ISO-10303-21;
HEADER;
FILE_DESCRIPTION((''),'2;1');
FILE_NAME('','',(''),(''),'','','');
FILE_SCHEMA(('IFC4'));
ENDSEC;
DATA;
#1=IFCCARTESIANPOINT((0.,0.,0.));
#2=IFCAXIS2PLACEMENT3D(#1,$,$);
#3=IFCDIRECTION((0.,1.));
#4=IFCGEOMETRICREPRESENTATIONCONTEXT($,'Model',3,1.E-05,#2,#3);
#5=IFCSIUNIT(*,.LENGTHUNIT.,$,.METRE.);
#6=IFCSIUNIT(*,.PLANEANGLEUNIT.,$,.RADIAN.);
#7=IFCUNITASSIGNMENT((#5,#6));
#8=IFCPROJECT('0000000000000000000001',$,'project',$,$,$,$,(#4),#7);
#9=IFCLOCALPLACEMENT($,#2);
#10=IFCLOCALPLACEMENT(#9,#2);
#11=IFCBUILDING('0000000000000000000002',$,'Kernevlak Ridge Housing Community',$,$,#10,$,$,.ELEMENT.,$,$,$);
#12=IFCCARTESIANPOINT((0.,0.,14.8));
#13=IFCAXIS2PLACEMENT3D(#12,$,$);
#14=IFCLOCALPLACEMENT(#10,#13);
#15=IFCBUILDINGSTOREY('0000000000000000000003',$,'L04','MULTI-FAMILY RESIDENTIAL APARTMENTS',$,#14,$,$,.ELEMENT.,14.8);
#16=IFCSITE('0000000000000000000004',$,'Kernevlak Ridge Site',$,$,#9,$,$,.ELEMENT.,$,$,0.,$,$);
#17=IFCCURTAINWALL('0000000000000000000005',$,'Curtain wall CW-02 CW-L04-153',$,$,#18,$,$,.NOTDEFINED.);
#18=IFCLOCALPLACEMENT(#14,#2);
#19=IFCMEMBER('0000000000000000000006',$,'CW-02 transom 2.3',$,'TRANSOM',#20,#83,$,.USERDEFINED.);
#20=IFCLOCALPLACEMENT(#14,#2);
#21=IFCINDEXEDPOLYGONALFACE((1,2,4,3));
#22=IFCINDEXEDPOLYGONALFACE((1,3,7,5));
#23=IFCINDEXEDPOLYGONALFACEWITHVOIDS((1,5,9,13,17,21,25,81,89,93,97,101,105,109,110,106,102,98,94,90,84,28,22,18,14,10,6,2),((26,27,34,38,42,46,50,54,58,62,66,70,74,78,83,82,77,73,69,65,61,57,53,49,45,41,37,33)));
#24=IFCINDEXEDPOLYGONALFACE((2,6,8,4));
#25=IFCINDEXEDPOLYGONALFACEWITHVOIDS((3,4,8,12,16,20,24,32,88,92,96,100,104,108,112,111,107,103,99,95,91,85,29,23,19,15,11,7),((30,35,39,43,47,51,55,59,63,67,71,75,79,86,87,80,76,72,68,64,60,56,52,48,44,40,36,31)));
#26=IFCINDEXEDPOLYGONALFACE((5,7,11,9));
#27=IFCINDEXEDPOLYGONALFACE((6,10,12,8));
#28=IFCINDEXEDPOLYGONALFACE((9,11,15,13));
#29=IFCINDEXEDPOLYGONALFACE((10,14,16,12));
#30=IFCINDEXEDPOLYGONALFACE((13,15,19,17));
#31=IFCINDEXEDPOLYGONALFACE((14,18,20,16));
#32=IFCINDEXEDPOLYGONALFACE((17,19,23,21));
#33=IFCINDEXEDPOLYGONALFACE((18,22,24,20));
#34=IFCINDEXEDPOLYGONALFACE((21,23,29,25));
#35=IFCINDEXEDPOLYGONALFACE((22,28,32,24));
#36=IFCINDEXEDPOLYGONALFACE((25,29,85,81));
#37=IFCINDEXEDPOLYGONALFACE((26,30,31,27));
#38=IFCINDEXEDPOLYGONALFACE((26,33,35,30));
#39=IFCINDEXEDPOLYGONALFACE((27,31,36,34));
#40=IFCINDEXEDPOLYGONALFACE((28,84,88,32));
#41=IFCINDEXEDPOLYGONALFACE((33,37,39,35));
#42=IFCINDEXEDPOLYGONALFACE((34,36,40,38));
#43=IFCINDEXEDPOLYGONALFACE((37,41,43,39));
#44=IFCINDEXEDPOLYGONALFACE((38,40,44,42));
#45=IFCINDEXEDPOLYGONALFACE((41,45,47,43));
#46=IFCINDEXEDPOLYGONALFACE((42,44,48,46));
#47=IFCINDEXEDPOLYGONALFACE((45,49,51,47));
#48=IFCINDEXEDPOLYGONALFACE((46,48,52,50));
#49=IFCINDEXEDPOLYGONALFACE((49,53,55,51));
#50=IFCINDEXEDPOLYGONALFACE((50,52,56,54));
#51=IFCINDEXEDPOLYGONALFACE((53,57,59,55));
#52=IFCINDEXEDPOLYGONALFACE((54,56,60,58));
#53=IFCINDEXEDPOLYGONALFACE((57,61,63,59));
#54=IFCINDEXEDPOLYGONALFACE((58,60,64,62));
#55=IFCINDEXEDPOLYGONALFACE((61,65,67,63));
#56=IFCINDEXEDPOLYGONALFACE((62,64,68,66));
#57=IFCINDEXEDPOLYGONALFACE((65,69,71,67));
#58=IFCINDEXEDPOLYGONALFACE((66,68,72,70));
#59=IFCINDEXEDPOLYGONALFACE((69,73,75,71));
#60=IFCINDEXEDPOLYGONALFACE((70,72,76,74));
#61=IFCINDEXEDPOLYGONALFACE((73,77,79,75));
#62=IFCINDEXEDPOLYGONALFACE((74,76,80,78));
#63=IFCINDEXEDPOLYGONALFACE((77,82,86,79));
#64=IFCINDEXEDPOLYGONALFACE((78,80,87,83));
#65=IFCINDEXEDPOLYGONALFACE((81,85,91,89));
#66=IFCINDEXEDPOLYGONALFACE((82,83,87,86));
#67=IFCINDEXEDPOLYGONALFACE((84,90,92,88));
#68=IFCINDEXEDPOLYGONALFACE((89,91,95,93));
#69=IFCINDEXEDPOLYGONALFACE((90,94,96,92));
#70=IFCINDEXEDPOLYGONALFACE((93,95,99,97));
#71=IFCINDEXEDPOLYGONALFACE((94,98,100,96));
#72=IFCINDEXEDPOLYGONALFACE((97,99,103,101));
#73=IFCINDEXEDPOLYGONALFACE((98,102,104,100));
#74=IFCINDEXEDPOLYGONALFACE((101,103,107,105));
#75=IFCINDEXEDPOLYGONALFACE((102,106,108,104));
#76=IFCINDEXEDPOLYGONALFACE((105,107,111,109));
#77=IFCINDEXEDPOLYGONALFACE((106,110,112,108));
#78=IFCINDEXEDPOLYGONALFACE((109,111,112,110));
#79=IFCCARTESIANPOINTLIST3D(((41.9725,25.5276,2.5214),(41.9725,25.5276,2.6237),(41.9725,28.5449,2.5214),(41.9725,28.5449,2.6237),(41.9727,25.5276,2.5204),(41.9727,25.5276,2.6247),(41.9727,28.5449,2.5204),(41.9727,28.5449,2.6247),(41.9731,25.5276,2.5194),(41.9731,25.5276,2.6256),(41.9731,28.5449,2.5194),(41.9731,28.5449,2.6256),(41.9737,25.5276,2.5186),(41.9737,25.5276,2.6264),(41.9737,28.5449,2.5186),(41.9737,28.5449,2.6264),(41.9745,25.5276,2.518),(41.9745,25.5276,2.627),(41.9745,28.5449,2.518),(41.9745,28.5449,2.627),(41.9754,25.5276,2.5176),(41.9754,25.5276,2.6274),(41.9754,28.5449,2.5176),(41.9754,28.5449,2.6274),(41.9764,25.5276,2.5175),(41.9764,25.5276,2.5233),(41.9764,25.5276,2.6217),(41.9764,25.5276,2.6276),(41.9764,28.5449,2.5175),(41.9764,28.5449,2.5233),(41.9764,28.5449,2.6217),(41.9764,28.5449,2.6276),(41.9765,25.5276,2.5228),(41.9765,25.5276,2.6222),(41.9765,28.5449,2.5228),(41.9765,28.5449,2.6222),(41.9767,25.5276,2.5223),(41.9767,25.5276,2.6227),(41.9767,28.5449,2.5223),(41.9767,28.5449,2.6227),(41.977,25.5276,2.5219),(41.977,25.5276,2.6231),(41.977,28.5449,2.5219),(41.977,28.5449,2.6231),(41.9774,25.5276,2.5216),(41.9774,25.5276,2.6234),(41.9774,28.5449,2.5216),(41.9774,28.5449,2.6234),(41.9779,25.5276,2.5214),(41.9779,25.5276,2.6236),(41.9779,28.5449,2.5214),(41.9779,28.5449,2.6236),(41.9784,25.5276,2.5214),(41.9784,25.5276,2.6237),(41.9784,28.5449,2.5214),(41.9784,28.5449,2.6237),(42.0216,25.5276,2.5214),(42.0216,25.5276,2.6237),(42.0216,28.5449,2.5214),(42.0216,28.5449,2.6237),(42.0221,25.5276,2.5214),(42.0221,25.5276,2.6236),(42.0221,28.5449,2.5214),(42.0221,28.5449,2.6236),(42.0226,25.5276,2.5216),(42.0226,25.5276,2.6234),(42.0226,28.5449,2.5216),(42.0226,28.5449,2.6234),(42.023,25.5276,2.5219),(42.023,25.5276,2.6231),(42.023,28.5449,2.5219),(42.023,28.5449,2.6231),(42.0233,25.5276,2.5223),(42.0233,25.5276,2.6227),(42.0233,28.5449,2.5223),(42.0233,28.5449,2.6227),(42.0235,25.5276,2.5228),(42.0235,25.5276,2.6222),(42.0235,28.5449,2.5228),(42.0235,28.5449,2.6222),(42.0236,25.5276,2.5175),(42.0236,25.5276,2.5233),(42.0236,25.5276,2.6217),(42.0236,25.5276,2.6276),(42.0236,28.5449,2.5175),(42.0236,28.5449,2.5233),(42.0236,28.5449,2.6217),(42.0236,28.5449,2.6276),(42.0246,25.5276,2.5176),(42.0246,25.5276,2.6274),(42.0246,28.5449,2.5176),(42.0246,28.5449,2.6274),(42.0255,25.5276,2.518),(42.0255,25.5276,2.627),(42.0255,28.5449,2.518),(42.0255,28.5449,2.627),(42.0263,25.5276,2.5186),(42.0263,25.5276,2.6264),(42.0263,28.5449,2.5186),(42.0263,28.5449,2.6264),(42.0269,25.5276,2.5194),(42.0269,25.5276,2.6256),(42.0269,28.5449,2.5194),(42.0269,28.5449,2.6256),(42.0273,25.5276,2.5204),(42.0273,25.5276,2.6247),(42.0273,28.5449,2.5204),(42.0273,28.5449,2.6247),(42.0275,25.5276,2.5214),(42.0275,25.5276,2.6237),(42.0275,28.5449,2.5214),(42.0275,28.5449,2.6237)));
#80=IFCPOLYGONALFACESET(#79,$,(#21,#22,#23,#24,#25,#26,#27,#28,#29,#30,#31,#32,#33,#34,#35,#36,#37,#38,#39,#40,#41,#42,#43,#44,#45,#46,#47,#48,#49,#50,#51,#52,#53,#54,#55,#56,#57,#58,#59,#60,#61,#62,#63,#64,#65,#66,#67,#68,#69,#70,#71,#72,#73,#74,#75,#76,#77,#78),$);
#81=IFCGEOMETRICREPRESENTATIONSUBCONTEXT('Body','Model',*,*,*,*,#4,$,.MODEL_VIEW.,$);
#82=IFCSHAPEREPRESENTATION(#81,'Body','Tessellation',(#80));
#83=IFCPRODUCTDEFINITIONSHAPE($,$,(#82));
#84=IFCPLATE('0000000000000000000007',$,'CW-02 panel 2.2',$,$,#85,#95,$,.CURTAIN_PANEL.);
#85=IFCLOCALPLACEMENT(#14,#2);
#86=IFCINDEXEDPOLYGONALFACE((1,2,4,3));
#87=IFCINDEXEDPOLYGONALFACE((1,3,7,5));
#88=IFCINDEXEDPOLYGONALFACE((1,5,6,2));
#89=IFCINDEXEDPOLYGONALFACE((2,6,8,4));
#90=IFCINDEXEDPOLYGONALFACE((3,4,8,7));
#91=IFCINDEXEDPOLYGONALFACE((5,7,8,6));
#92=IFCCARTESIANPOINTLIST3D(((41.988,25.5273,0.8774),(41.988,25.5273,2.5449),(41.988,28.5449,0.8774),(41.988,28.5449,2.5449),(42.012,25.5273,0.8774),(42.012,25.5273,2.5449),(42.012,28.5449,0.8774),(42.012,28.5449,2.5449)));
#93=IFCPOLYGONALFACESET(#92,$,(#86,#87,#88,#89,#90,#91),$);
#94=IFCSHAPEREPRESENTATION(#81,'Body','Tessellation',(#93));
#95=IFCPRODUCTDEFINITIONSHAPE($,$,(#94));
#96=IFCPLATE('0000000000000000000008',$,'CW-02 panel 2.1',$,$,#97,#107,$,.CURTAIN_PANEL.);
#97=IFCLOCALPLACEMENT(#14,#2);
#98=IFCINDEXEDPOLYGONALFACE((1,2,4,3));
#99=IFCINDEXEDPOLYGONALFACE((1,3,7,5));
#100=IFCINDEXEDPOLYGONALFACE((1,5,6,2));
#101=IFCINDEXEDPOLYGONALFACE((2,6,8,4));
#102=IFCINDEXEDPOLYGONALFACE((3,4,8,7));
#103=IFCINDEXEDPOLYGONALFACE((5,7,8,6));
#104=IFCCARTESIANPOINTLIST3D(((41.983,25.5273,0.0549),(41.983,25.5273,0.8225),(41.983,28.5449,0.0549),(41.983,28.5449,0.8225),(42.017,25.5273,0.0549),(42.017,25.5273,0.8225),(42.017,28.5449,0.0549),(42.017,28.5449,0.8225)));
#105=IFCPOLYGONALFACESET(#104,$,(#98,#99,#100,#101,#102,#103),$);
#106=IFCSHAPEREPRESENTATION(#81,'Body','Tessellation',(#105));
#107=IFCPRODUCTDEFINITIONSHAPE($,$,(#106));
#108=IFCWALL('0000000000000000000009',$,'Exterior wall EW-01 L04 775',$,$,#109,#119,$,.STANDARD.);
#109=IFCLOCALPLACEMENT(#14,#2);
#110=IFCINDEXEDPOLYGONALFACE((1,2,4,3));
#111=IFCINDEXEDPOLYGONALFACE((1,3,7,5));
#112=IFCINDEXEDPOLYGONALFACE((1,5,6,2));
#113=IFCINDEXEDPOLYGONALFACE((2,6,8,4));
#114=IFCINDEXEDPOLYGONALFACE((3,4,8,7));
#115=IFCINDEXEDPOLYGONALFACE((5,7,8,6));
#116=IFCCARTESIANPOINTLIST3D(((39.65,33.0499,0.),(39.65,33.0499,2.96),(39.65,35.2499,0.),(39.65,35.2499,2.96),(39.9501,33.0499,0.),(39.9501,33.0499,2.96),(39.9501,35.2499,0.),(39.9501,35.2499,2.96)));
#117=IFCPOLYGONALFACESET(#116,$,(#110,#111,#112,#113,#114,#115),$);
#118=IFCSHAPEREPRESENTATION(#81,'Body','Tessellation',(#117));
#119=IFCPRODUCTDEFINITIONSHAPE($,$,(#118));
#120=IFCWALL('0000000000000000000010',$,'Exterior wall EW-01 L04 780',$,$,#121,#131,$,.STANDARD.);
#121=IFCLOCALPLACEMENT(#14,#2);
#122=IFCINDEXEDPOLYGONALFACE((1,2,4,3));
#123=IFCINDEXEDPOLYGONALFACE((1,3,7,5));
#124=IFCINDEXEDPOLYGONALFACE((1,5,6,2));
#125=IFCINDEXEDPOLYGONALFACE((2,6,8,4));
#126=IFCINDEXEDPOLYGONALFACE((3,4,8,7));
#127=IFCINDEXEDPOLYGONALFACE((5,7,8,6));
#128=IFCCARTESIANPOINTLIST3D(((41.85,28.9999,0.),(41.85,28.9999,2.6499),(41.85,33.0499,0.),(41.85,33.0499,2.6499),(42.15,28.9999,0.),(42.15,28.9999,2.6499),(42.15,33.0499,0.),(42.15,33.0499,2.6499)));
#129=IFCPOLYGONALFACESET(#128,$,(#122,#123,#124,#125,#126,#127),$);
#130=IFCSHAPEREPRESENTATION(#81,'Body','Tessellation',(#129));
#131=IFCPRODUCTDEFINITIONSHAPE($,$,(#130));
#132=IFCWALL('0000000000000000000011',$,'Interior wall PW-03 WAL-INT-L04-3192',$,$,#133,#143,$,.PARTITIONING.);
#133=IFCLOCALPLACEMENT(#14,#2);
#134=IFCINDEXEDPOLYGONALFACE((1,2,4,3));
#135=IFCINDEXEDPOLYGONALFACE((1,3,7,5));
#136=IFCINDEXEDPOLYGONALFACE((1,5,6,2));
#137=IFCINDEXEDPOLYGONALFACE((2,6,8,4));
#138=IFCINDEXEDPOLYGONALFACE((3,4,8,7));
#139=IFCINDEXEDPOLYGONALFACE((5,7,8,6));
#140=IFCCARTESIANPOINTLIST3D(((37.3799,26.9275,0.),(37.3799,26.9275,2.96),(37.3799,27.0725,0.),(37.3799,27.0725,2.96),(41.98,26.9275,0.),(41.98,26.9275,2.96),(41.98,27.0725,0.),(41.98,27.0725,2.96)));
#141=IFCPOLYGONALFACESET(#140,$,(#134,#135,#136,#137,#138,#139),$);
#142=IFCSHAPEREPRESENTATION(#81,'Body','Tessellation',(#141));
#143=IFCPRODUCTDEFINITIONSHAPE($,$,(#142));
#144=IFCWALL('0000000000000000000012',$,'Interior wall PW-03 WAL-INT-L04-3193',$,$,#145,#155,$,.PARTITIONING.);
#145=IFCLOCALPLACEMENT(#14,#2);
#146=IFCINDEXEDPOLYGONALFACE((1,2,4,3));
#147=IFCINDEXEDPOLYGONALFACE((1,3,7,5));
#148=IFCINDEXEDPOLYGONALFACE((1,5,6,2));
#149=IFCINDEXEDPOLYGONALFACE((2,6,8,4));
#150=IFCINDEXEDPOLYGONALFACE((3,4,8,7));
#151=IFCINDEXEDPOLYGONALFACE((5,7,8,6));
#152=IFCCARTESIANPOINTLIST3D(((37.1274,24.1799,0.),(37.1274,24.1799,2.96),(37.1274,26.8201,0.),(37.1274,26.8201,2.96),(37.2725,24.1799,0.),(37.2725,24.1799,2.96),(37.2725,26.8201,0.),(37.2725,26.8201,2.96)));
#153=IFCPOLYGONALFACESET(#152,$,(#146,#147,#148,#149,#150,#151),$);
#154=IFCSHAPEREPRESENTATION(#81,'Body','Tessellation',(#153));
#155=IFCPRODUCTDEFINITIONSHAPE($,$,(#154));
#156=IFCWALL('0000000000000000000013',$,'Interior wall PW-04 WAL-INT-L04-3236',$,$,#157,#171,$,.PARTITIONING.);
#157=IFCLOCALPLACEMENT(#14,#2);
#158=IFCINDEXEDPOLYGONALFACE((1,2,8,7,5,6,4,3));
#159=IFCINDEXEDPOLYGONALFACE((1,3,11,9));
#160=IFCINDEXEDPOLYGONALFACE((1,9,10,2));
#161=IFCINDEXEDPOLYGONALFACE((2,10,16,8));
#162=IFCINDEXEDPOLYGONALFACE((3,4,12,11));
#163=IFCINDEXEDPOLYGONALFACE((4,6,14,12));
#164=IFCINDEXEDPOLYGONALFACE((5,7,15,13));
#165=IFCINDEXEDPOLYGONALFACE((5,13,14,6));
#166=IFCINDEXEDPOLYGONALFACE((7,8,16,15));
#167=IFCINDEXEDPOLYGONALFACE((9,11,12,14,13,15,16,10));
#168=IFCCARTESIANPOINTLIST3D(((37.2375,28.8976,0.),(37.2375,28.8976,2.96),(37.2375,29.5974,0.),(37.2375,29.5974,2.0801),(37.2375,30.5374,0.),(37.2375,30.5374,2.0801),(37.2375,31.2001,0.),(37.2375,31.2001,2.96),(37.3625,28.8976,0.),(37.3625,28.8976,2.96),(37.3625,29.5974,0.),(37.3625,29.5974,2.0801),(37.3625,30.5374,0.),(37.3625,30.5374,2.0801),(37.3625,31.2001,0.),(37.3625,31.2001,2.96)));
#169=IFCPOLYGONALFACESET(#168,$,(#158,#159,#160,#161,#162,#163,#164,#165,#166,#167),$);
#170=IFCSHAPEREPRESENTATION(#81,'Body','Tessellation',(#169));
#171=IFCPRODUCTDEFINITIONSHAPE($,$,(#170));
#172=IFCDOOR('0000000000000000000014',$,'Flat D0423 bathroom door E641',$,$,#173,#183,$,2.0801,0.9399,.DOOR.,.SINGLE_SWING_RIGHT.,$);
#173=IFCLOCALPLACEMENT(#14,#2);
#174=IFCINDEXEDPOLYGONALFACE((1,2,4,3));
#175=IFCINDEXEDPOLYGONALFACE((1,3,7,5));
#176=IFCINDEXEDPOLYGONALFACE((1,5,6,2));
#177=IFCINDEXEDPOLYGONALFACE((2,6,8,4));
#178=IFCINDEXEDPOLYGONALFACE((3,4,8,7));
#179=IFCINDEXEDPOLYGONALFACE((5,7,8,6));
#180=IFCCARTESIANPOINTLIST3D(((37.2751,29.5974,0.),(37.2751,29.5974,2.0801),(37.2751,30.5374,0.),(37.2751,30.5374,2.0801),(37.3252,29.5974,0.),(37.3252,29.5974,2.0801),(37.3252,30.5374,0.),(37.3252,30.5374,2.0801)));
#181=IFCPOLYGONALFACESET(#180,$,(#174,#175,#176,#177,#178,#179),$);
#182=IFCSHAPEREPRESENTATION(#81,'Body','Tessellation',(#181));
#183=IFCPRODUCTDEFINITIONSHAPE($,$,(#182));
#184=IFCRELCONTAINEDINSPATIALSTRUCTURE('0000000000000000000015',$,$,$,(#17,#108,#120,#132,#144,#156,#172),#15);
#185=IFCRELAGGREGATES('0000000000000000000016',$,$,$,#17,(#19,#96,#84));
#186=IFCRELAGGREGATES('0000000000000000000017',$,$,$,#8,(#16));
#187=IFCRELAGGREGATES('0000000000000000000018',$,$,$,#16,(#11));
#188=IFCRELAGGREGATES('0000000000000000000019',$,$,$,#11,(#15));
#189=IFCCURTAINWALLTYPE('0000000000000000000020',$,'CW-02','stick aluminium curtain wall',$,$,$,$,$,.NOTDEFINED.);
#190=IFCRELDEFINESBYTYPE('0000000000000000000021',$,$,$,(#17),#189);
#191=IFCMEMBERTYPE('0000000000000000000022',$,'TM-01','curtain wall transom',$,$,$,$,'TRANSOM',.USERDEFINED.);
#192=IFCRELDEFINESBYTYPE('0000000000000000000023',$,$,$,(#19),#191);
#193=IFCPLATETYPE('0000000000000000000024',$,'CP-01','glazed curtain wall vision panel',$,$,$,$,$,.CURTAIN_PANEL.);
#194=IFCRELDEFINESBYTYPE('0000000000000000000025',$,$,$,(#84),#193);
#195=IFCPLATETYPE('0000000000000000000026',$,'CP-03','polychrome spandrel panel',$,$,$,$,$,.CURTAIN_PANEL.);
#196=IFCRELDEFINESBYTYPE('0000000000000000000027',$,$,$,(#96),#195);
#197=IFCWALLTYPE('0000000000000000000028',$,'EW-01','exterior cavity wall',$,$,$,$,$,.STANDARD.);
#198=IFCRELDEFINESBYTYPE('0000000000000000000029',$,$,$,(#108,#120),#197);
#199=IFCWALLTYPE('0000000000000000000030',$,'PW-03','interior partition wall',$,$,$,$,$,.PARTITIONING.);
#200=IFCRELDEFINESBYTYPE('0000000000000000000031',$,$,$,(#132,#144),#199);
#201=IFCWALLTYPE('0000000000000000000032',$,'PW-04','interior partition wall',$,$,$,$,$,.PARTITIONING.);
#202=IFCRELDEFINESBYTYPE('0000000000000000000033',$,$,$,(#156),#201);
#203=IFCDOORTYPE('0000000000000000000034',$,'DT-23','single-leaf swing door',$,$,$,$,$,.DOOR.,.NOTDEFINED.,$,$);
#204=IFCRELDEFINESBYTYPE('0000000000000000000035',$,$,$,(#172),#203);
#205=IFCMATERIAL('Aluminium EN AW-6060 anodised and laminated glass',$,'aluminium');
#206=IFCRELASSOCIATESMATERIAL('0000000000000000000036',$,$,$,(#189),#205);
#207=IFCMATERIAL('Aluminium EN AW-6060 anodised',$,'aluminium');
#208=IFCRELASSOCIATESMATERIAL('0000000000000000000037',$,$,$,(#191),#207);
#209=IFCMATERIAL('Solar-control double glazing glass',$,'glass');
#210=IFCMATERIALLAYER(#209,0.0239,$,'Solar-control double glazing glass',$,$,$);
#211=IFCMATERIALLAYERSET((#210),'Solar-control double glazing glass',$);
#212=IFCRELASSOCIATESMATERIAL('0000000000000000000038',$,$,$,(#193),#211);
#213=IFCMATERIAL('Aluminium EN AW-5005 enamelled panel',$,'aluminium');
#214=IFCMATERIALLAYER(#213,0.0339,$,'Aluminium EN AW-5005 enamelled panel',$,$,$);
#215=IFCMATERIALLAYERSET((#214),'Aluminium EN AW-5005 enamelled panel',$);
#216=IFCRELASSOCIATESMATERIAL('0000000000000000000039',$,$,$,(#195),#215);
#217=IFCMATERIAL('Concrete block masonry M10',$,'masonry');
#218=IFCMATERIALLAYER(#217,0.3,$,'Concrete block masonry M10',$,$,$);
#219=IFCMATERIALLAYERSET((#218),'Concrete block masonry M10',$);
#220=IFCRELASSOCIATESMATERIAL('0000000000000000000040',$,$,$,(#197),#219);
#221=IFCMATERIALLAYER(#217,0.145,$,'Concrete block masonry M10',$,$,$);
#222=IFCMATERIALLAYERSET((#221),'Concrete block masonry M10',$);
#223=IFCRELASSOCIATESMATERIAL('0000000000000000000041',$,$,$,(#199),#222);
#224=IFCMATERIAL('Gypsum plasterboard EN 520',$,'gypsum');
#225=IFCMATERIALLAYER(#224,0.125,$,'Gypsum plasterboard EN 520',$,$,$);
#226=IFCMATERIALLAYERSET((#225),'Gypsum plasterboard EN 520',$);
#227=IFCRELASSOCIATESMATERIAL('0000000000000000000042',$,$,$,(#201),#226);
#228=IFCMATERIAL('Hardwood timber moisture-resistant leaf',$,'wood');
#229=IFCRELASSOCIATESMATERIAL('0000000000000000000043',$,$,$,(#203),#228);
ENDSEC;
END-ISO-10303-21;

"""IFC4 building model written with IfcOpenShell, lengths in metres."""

from ifc_helpers import new_model, si_unit, direction, frame, frame_2d, origin, origin_2d, place, context, subcontext, project, spatial, rectangle, hollow_rectangle, extrude, material, layer, layer_set, material_profile, profile_set, type_object, element, fill, aggregate, save


model = new_model("IFC4")

# Units and contexts
model_context = context("Model", 3, precision=1e-05, world=origin(), true_north=direction((0.0, 1.0)))
body_context = subcontext(model_context, "Body", "Model", "MODEL_VIEW")
ifc_project = project(units=[si_unit("LENGTHUNIT", "METRE"), si_unit("PLANEANGLEUNIT", "RADIAN")], contexts=[model_context])

# Site, building, storey
site_placement = place(None, origin())
site = spatial("IfcSite", under=ifc_project, at=site_placement, Name="Kernevlak Ridge Site", CompositionType="ELEMENT", RefElevation=0.0)
building_placement = place(site_placement, origin())
building = spatial("IfcBuilding", under=site, at=building_placement, Name="Kernevlak Ridge Housing Community", CompositionType="ELEMENT")
storey_placement = place(building_placement, frame((0.0, 0.0, 14.8)))
storey = spatial("IfcBuildingStorey", under=building, at=storey_placement, Name="L04", Description="MULTI-FAMILY RESIDENTIAL APARTMENTS", CompositionType="ELEMENT", Elevation=14.8)

# Curtain wall
ifc_material_1 = material(Name="Aluminium EN AW-6060 anodised and laminated glass", Category="aluminium")
curtain_wall_type = type_object("IfcCurtainWallType", Name="CW-02", Description="stick aluminium curtain wall", PredefinedType="NOTDEFINED", material=ifc_material_1)
curtain_wall_placement = place(storey_placement, origin())
curtain_wall = element("IfcCurtainWall", 1, at=curtain_wall_placement, inside=storey, type_object=curtain_wall_type, Name="Curtain wall CW-02 CW-L04-153", PredefinedType="NOTDEFINED")
ifc_material_2 = material(Name="Aluminium EN AW-6060 anodised", Category="aluminium")

# Member
ifc_material_profile_1 = material_profile(ifc_material_2, hollow_rectangle(XDim=0.0549, YDim=0.1101, WallThickness=0.0039, InnerFilletRadius=0.002, OuterFilletRadius=0.0039, at=origin_2d()), Name="ALU 55x110x4")
ifc_profile_set_1 = profile_set([ifc_material_profile_1], Name="Aluminium EN AW-6060 anodised")
member_type_1 = type_object("IfcMemberType", Name="TM-01", Description="curtain wall transom", ElementType="TRANSOM", PredefinedType="USERDEFINED", material=ifc_profile_set_1)
member_1_placement = place(storey_placement, frame((42.0, 25.5276, 2.5725), z_axis=(0.0, 1.0, 0.0), x_axis=(-1.0, 0.0, 0.0)))
member_1 = element("IfcMember", 2, at=member_1_placement, type_object=member_type_1, Name="CW-02 transom 2.3", ObjectType="TRANSOM", PredefinedType="USERDEFINED", context=body_context, shape_type="SweptSolid", body=[
    extrude(hollow_rectangle(XDim=0.0549, YDim=0.1101, WallThickness=0.0039, InnerFilletRadius=0.002, OuterFilletRadius=0.0039, at=origin_2d()), origin(), (0.0, 0.0, 1.0), 3.0173),
])

# Plates
ifc_material_3 = material(Name="Solar-control double glazing glass", Category="glass")
ifc_layer_1 = layer(ifc_material_3, 0.0239, Name="Solar-control double glazing glass")
ifc_layer_set_1 = layer_set([ifc_layer_1], Name="Solar-control double glazing glass")
plate_type_1 = type_object("IfcPlateType", Name="CP-01", Description="glazed curtain wall vision panel", PredefinedType="CURTAIN_PANEL", material=ifc_layer_set_1)
plate_1_placement = place(storey_placement, frame((42.0, 27.0361, 0.8774), z_axis=(0.0, 0.0, 1.0), x_axis=(0.0, 1.0, 0.0)))
plate_1 = element("IfcPlate", 3, at=plate_1_placement, type_object=plate_type_1, Name="CW-02 panel 2.2", PredefinedType="CURTAIN_PANEL", context=body_context, shape_type="SweptSolid", body=[
    extrude(rectangle(XDim=3.0176, YDim=0.0239, at=origin_2d()), origin(), (0.0, 0.0, 1.0), 1.6675),
])
ifc_material_4 = material(Name="Aluminium EN AW-5005 enamelled panel", Category="aluminium")
ifc_layer_2 = layer(ifc_material_4, 0.0339, Name="Aluminium EN AW-5005 enamelled panel")
ifc_layer_set_2 = layer_set([ifc_layer_2], Name="Aluminium EN AW-5005 enamelled panel")
plate_type_2 = type_object("IfcPlateType", Name="CP-03", Description="polychrome spandrel panel", PredefinedType="CURTAIN_PANEL", material=ifc_layer_set_2)
plate_2_placement = place(storey_placement, frame((42.0, 27.0361, 0.0549), z_axis=(0.0, 0.0, 1.0), x_axis=(0.0, 1.0, 0.0)))
plate_2 = element("IfcPlate", 4, at=plate_2_placement, type_object=plate_type_2, Name="CW-02 panel 2.1", PredefinedType="CURTAIN_PANEL", context=body_context, shape_type="SweptSolid", body=[
    extrude(rectangle(XDim=3.0176, YDim=0.0339, at=origin_2d()), origin(), (0.0, 0.0, 1.0), 0.7676),
])
aggregate(curtain_wall, [member_1, plate_2, plate_1])

# Wall
ifc_material_5 = material(Name="Concrete block masonry M10", Category="masonry")
ifc_layer_3 = layer(ifc_material_5, 0.3, Name="Concrete block masonry M10")
ifc_layer_set_3 = layer_set([ifc_layer_3], Name="Concrete block masonry M10")
wall_type_1 = type_object("IfcWallType", Name="EW-01", Description="exterior cavity wall", PredefinedType="STANDARD", material=ifc_layer_set_3)
wall_1_placement = place(storey_placement, frame((39.8, 35.25, 0.0), z_axis=(0.0, 0.0, 1.0), x_axis=(0.0, -1.0, 0.0)))
element("IfcWall", 5, at=wall_1_placement, inside=storey, type_object=wall_type_1, Name="Exterior wall EW-01 L04 775", PredefinedType="STANDARD", context=body_context, shape_type="SweptSolid", body=[
    extrude(rectangle(XDim=2.2, YDim=0.3, at=frame_2d((1.1001, 0.0))), origin(), (0.0, 0.0, 1.0), 2.96),
])

# Walls
wall_2_placement = place(storey_placement, frame((42.0, 29.0, 0.0), z_axis=(0.0, 0.0, 1.0), x_axis=(0.0, 1.0, 0.0)))
element("IfcWall", 6, at=wall_2_placement, inside=storey, type_object=wall_type_1, Name="Exterior wall EW-01 L04 780", PredefinedType="STANDARD", context=body_context, shape_type="SweptSolid", body=[
    extrude(rectangle(XDim=4.05, YDim=0.3, at=frame_2d((2.0249, 0.0))), origin(), (0.0, 0.0, 1.0), 2.6499),
])
ifc_layer_4 = layer(ifc_material_5, 0.145, Name="Concrete block masonry M10")
ifc_layer_set_4 = layer_set([ifc_layer_4], Name="Concrete block masonry M10")
wall_type_2 = type_object("IfcWallType", Name="PW-03", Description="interior partition wall", PredefinedType="PARTITIONING", material=ifc_layer_set_4)
wall_3_placement = place(storey_placement, frame((37.3799, 27.0, 0.0), z_axis=(0.0, 0.0, 1.0), x_axis=(1.0, 0.0, 0.0)))
element("IfcWall", 7, at=wall_3_placement, inside=storey, type_object=wall_type_2, Name="Interior wall PW-03 WAL-INT-L04-3192", PredefinedType="PARTITIONING", context=body_context, shape_type="SweptSolid", body=[
    extrude(rectangle(XDim=4.6001, YDim=0.145, at=frame_2d((2.3, 0.0))), origin(), (0.0, 0.0, 1.0), 2.96),
])
wall_4_placement = place(storey_placement, frame((37.2, 24.1799, 0.0), z_axis=(0.0, 0.0, 1.0), x_axis=(0.0, 1.0, 0.0)))
element("IfcWall", 8, at=wall_4_placement, inside=storey, type_object=wall_type_2, Name="Interior wall PW-03 WAL-INT-L04-3193", PredefinedType="PARTITIONING", context=body_context, shape_type="SweptSolid", body=[
    extrude(rectangle(XDim=2.6401, YDim=0.145, at=frame_2d((1.3201, 0.0))), origin(), (0.0, 0.0, 1.0), 2.96),
])

# Wall, opening, door
ifc_material_6 = material(Name="Gypsum plasterboard EN 520", Category="gypsum")
ifc_layer_5 = layer(ifc_material_6, 0.125, Name="Gypsum plasterboard EN 520")
ifc_layer_set_5 = layer_set([ifc_layer_5], Name="Gypsum plasterboard EN 520")
wall_type_3 = type_object("IfcWallType", Name="PW-04", Description="interior partition wall", PredefinedType="PARTITIONING", material=ifc_layer_set_5)
wall_5_placement = place(storey_placement, frame((37.3, 28.8975, 0.0), z_axis=(0.0, 0.0, 1.0), x_axis=(0.0, 1.0, 0.0)))
wall_5 = element("IfcWall", 9, at=wall_5_placement, inside=storey, type_object=wall_type_3, Name="Interior wall PW-04 WAL-INT-L04-3236", PredefinedType="PARTITIONING", context=body_context, shape_type="SweptSolid", body=[
    extrude(rectangle(XDim=2.3025, YDim=0.125, at=frame_2d((1.1514, 0.0))), origin(), (0.0, 0.0, 1.0), 2.96),
])
opening_1_placement = place(wall_5_placement, frame((0.7, 0.0, 0.0)))
opening_1 = element("IfcOpeningElement", 10, at=opening_1_placement, cuts=wall_5, PredefinedType="OPENING", context=body_context, shape_type="SweptSolid", body=[
    extrude(rectangle(XDim=0.9399, YDim=2.0801, at=frame_2d((0.47, 1.04))), frame((0.0, 0.0725, 0.0), z_axis=(0.0, -1.0, 0.0), x_axis=(1.0, 0.0, 0.0)), (0.0, 0.0, 1.0), 0.145),
])
ifc_material_7 = material(Name="Hardwood timber moisture-resistant leaf", Category="wood")
door_type_1 = type_object("IfcDoorType", Name="DT-23", Description="single-leaf swing door", OperationType="NOTDEFINED", PredefinedType="DOOR", material=ifc_material_7)
door_1_placement = place(opening_1_placement, origin())
door_1 = element("IfcDoor", 11, at=door_1_placement, inside=storey, type_object=door_type_1, Name="Flat D0423 bathroom door E641", OperationType="SINGLE_SWING_RIGHT", OverallHeight=2.0801, OverallWidth=0.9399, PredefinedType="DOOR", context=body_context, shape_type="SweptSolid", body=[
    extrude(rectangle(XDim=0.9399, YDim=2.0801, at=frame_2d((0.47, 1.04))), frame((0.0, 0.0249, 0.0), z_axis=(0.0, -1.0, 0.0), x_axis=(1.0, 0.0, 0.0)), (0.0, 0.0, 1.0), 0.05),
])
fill(opening_1, door_1)

save(model, "model.ifc")
